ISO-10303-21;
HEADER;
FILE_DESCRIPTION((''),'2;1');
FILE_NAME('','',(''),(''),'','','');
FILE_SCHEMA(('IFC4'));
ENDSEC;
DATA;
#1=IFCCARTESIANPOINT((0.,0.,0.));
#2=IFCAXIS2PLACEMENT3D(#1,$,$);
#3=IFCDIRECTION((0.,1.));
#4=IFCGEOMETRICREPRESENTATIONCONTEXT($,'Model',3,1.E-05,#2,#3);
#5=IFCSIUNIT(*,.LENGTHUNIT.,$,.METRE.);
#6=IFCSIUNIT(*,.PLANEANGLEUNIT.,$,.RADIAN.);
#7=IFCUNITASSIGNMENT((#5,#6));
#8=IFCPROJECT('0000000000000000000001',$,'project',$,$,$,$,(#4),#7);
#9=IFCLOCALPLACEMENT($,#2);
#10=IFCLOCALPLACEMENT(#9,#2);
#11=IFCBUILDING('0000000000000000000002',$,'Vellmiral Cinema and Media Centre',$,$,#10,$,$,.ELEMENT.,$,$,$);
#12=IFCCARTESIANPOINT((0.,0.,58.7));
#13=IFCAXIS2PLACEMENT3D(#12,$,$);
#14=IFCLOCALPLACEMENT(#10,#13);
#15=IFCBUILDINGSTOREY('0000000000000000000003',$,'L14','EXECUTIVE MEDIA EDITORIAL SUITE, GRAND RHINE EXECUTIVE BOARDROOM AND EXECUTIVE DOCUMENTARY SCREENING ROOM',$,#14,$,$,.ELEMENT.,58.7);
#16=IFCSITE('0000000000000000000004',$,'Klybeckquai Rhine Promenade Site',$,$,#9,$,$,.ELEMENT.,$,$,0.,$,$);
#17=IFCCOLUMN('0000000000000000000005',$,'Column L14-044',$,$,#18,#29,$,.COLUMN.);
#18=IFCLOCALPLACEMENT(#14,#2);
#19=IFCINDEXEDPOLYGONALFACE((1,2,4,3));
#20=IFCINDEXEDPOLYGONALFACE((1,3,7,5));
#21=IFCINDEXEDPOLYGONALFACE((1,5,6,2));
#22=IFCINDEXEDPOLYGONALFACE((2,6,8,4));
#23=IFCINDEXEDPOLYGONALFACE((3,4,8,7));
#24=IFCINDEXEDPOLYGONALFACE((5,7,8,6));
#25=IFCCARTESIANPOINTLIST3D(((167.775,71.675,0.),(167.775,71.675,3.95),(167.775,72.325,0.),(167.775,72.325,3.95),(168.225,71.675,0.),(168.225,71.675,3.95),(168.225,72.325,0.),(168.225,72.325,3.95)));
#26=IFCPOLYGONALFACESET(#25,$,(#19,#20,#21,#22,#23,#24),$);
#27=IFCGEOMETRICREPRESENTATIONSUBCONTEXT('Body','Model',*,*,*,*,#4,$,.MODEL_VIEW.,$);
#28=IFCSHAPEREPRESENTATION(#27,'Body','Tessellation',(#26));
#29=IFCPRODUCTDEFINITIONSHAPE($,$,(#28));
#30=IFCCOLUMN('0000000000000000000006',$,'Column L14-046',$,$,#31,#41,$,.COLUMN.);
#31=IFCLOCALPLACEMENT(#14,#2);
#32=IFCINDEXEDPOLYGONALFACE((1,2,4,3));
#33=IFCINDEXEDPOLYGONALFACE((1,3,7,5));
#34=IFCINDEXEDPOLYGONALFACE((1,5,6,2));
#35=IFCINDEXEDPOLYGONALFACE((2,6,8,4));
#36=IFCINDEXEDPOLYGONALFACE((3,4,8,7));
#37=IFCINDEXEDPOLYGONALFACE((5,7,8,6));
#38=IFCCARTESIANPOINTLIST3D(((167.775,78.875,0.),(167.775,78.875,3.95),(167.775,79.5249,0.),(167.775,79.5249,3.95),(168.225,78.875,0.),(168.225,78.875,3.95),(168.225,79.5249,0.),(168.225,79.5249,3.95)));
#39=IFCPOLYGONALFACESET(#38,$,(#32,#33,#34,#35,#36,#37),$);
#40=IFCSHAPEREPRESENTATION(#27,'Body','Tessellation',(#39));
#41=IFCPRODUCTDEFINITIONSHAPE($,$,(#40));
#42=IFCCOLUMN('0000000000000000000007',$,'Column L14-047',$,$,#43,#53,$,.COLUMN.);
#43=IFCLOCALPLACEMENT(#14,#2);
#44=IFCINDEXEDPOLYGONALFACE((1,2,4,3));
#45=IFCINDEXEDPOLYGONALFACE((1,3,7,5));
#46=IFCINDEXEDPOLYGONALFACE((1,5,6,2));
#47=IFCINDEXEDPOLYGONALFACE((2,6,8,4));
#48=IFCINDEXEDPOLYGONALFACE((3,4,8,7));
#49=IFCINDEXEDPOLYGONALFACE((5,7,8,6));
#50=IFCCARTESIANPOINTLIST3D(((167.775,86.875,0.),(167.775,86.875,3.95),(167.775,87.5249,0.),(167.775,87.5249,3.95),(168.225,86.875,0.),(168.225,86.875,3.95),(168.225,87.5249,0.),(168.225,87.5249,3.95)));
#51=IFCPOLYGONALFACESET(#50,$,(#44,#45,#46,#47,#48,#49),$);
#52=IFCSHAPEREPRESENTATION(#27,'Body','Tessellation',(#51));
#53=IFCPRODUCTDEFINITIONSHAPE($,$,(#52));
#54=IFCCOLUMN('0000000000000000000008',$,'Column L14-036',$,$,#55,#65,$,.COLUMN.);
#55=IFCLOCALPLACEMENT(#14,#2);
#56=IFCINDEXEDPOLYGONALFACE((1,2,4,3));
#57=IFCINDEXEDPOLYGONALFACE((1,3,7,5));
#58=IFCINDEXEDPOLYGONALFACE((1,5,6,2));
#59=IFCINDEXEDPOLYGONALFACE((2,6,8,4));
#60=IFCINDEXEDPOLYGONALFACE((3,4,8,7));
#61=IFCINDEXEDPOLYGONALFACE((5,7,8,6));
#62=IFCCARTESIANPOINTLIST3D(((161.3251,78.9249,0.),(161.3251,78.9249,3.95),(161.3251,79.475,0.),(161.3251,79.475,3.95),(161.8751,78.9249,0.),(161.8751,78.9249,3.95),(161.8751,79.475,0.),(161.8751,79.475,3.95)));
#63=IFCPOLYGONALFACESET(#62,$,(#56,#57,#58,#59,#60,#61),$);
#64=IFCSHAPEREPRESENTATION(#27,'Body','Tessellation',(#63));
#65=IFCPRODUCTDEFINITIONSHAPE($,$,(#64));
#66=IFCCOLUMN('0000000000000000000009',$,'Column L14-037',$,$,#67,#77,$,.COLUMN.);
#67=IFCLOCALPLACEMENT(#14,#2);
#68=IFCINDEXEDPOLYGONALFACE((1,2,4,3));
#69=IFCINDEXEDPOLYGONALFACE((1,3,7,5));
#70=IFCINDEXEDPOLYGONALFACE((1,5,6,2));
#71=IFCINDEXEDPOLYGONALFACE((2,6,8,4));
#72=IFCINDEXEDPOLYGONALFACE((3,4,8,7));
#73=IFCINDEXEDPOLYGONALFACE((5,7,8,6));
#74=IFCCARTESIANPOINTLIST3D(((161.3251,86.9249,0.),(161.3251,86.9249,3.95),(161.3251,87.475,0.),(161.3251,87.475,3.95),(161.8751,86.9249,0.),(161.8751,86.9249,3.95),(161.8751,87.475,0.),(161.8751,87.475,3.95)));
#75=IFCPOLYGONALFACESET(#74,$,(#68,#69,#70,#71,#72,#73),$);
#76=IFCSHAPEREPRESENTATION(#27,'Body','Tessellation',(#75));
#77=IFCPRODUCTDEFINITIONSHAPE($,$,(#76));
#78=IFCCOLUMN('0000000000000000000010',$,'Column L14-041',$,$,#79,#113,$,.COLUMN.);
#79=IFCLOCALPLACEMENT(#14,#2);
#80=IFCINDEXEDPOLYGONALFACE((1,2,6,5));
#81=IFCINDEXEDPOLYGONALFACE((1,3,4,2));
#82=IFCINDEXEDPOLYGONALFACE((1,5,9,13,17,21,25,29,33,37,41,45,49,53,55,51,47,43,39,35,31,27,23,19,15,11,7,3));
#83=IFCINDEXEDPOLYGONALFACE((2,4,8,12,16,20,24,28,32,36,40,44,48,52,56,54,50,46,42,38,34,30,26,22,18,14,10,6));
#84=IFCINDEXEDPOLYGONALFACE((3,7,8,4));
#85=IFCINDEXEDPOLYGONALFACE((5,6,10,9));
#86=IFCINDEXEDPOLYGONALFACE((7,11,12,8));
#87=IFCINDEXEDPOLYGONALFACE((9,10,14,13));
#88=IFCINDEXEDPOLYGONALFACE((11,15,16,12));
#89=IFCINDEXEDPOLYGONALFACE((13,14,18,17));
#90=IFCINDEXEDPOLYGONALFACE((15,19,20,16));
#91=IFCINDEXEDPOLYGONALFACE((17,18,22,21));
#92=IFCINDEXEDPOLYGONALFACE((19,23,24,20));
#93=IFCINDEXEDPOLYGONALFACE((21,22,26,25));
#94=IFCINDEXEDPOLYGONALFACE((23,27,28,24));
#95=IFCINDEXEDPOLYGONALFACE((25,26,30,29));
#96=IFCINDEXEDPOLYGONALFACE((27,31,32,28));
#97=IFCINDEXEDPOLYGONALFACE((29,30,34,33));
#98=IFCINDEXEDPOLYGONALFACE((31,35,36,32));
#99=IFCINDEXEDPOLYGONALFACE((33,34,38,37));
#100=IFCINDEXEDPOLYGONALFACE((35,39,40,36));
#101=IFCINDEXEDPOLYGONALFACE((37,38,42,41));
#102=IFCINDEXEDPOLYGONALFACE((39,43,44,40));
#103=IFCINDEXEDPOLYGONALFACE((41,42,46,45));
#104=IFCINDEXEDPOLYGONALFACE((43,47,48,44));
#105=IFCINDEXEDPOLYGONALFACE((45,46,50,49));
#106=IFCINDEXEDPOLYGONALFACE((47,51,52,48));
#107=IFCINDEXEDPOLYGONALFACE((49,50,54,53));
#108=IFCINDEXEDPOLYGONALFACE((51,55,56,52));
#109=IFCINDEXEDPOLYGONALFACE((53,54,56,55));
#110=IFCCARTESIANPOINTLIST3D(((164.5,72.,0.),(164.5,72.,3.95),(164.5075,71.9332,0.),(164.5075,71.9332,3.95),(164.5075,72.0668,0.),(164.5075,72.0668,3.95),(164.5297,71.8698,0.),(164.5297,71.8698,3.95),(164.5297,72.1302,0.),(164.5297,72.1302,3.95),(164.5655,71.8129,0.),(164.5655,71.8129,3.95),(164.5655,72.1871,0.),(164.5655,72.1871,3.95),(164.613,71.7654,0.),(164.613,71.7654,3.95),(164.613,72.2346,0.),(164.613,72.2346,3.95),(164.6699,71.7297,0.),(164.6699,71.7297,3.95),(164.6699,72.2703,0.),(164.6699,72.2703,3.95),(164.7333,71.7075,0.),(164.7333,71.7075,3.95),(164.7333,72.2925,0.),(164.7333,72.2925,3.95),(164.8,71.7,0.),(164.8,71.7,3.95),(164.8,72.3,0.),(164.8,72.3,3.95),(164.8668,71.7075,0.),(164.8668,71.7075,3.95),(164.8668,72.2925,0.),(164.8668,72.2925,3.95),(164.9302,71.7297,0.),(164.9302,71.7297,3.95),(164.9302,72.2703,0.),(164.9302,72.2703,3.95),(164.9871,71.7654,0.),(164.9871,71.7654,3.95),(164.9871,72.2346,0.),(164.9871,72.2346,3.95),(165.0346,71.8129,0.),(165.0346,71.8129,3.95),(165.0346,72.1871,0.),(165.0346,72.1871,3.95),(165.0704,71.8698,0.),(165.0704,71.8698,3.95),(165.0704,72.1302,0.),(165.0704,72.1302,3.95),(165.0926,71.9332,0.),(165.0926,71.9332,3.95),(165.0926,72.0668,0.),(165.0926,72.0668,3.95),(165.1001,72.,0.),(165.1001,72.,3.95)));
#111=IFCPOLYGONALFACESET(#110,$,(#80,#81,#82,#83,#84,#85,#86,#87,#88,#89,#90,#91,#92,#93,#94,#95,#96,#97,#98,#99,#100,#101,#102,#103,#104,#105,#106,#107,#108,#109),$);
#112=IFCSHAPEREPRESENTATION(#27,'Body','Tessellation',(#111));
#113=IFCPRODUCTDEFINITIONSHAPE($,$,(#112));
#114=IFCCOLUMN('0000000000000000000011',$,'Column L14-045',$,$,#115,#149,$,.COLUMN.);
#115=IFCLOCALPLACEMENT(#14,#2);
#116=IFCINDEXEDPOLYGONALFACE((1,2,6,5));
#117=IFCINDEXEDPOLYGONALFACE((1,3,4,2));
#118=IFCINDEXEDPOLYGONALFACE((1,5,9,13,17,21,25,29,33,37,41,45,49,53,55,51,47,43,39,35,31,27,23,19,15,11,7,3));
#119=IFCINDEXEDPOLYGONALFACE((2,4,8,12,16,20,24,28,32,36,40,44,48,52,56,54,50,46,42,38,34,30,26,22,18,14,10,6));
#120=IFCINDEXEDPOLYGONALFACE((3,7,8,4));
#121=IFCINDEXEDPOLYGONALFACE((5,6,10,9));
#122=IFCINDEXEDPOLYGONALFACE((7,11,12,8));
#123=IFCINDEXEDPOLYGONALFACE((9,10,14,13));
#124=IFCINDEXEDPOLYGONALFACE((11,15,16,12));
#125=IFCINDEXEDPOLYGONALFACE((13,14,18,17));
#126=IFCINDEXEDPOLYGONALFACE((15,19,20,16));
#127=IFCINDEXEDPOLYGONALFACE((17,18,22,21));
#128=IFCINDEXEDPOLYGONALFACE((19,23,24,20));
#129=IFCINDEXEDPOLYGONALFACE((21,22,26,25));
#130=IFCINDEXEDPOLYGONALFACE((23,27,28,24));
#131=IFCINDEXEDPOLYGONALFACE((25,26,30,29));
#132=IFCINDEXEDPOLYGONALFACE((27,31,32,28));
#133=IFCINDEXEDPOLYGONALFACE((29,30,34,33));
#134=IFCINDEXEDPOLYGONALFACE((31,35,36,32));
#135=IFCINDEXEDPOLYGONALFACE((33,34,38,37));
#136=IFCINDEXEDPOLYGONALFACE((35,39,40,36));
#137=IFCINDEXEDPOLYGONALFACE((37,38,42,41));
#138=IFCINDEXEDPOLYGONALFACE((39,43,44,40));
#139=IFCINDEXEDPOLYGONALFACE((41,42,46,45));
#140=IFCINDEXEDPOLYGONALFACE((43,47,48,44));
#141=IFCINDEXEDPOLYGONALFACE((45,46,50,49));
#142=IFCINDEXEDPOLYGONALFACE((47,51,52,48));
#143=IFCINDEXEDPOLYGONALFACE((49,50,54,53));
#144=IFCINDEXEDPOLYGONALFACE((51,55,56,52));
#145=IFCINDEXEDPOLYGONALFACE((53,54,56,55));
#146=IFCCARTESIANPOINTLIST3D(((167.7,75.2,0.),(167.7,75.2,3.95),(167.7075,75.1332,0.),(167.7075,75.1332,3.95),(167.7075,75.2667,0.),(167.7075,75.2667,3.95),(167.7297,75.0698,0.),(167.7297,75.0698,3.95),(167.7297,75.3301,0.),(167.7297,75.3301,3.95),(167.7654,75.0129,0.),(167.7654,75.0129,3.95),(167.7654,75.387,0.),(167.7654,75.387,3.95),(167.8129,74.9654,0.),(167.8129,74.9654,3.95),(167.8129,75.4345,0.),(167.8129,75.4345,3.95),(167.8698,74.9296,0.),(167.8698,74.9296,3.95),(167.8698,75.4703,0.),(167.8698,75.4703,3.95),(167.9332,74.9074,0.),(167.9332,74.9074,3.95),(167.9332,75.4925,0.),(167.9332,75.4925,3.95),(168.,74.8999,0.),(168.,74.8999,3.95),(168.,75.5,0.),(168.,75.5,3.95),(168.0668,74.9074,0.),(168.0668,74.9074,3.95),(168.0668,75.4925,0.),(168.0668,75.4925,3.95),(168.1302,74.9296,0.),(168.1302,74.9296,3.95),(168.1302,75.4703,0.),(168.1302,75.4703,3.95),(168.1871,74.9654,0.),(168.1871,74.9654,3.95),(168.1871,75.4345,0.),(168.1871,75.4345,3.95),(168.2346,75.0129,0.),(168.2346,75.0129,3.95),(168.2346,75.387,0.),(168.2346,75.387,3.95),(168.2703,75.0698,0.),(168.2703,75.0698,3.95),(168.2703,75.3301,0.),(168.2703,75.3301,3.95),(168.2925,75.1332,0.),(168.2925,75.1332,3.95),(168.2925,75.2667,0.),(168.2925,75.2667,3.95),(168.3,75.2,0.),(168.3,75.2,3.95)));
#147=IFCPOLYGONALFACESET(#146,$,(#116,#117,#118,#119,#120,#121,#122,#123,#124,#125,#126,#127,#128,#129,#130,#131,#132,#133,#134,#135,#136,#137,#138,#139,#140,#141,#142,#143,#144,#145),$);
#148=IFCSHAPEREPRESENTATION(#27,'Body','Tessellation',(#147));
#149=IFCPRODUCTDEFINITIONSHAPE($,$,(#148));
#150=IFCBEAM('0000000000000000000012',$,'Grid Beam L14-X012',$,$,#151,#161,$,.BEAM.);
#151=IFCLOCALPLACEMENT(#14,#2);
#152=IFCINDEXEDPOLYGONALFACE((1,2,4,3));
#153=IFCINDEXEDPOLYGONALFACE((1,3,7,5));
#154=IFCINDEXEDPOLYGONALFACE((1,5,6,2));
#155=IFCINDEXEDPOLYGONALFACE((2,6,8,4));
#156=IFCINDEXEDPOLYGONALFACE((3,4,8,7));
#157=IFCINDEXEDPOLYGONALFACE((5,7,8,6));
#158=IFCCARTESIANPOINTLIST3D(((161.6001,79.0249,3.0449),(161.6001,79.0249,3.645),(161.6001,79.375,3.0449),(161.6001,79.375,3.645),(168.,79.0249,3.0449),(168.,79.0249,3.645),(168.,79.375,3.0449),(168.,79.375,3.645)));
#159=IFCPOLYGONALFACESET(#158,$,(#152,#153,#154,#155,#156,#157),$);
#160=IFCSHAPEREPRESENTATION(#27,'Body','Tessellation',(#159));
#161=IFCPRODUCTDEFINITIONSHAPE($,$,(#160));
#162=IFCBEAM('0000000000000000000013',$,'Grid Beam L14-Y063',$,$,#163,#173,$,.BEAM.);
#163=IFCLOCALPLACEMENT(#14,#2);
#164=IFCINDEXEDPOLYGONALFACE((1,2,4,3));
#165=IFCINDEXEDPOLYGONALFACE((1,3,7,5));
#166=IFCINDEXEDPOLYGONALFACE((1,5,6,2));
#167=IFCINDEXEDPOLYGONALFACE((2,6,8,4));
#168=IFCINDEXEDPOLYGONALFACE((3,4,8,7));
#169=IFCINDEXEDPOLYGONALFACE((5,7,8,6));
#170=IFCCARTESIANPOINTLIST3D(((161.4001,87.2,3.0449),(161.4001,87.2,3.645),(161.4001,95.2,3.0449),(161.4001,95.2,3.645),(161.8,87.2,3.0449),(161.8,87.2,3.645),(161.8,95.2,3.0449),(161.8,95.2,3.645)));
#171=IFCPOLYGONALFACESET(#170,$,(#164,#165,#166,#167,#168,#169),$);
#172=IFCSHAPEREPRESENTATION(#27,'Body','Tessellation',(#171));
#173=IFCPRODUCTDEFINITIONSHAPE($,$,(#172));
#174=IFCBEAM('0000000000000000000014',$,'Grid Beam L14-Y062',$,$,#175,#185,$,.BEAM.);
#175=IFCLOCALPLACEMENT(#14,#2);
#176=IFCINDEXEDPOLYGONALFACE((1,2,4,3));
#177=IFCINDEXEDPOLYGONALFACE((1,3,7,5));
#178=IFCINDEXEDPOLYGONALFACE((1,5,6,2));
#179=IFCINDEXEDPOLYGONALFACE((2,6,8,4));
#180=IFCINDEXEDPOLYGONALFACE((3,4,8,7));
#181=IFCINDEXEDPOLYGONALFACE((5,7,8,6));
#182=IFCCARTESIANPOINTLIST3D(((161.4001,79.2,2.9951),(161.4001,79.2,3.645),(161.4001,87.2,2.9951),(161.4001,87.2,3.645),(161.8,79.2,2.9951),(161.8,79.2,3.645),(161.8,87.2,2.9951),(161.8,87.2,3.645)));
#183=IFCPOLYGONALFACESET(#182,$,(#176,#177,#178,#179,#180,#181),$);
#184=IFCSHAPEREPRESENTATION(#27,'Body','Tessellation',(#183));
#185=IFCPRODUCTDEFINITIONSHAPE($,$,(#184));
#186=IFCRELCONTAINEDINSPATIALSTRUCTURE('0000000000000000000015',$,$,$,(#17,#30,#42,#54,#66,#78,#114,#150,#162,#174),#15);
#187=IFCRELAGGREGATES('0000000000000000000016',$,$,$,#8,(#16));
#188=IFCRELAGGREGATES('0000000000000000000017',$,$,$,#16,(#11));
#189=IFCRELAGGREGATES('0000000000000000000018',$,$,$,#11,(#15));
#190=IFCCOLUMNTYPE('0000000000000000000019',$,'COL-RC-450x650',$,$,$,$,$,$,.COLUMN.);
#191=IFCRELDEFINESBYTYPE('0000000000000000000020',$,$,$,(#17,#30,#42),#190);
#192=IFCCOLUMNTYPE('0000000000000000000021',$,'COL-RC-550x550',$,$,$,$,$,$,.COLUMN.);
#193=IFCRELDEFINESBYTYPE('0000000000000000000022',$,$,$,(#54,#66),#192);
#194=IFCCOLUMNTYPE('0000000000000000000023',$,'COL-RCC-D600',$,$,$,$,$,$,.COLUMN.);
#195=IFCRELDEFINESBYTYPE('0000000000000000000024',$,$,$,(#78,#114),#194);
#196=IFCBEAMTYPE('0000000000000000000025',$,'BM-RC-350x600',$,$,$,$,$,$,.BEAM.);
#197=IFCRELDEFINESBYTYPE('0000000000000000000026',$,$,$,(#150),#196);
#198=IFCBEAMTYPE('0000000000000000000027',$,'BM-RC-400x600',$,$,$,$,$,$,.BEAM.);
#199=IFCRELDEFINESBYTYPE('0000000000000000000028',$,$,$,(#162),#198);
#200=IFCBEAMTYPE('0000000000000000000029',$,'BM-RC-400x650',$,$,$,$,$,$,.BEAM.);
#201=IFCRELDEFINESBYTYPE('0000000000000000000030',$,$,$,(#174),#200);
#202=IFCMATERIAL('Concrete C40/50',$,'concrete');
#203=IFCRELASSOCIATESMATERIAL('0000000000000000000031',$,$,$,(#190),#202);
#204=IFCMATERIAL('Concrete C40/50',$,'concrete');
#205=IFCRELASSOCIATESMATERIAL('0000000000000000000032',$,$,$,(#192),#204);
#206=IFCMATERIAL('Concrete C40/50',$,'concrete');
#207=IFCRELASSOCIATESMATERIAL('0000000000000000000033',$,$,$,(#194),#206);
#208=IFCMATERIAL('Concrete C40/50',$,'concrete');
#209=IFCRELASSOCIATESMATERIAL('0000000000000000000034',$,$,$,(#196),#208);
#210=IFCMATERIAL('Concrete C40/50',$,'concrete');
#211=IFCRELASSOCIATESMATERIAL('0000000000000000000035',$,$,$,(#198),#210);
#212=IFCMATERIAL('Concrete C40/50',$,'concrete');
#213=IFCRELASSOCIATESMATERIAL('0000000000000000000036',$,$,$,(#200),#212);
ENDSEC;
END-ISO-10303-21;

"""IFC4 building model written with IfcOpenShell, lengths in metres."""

from ifc_helpers import new_model, si_unit, direction, frame, origin, origin_2d, place, context, subcontext, project, spatial, rectangle, circle, extrude, material, material_profile, profile_set, type_object, element, save


model = new_model("IFC4")

# Units and contexts
model_context = context("Model", 3, precision=1e-05, world=origin(), true_north=direction((0.0, 1.0)))
body_context = subcontext(model_context, "Body", "Model", "MODEL_VIEW")
ifc_project = project(units=[si_unit("LENGTHUNIT", "METRE"), si_unit("PLANEANGLEUNIT", "RADIAN")], contexts=[model_context])

# Site, building, storey
site_placement = place(None, origin())
site = spatial("IfcSite", under=ifc_project, at=site_placement, Name="Klybeckquai Rhine Promenade Site", CompositionType="ELEMENT", RefElevation=0.0)
building_placement = place(site_placement, origin())
building = spatial("IfcBuilding", under=site, at=building_placement, Name="Vellmiral Cinema and Media Centre", CompositionType="ELEMENT")
storey_placement = place(building_placement, frame((0.0, 0.0, 58.7)))
storey = spatial("IfcBuildingStorey", under=building, at=storey_placement, Name="L14", Description="EXECUTIVE MEDIA EDITORIAL SUITE, GRAND RHINE EXECUTIVE BOARDROOM AND EXECUTIVE DOCUMENTARY SCREENING ROOM", CompositionType="ELEMENT", Elevation=58.7)

# Columns
ifc_material_1 = material(Name="Concrete C40/50", Category="concrete")
ifc_material_profile_1 = material_profile(ifc_material_1, rectangle(XDim=0.45, YDim=0.6499, at=origin_2d()), Name="RC 450x650")
ifc_profile_set_1 = profile_set([ifc_material_profile_1], Name="Concrete C40/50")
column_type_1 = type_object("IfcColumnType", Name="COL-RC-450x650", PredefinedType="COLUMN", material=ifc_profile_set_1)
for number, where, z_axis, x_axis, name in (
    (1, (168.0, 72.0, 0.0), (0.0, 0.0, 1.0), (1.0, 0.0, 0.0), "Column L14-044"),
    (2, (168.0, 79.2, 0.0), (0.0, 0.0, 1.0), (1.0, 0.0, 0.0), "Column L14-046"),
    (3, (168.0, 87.2, 0.0), (0.0, 0.0, 1.0), (1.0, 0.0, 0.0), "Column L14-047"),
):
    element("IfcColumn", number, at=place(storey_placement, frame(where, z_axis=z_axis, x_axis=x_axis)), inside=storey, type_object=column_type_1, Name=name, PredefinedType="COLUMN", context=body_context, shape_type="SweptSolid", body=[
        extrude(rectangle(XDim=0.45, YDim=0.6499, at=origin_2d()), origin(), (0.0, 0.0, 1.0), 3.95),
    ])
ifc_material_2 = material(Name="Concrete C40/50", Category="concrete")
ifc_material_profile_2 = material_profile(ifc_material_2, rectangle(XDim=0.55, YDim=0.55, at=origin_2d()), Name="RC 550x550")
ifc_profile_set_2 = profile_set([ifc_material_profile_2], Name="Concrete C40/50")
column_type_2 = type_object("IfcColumnType", Name="COL-RC-550x550", PredefinedType="COLUMN", material=ifc_profile_set_2)
for number, where, z_axis, x_axis, name in (
    (4, (161.6001, 79.2, 0.0), (0.0, 0.0, 1.0), (1.0, 0.0, 0.0), "Column L14-036"),
    (5, (161.6001, 87.2, 0.0), (0.0, 0.0, 1.0), (1.0, 0.0, 0.0), "Column L14-037"),
):
    element("IfcColumn", number, at=place(storey_placement, frame(where, z_axis=z_axis, x_axis=x_axis)), inside=storey, type_object=column_type_2, Name=name, PredefinedType="COLUMN", context=body_context, shape_type="SweptSolid", body=[
        extrude(rectangle(XDim=0.55, YDim=0.55, at=origin_2d()), origin(), (0.0, 0.0, 1.0), 3.95),
    ])
ifc_material_3 = material(Name="Concrete C40/50", Category="concrete")
ifc_material_profile_3 = material_profile(ifc_material_3, circle(Radius=0.3, at=origin_2d()), Name="RC D600")
ifc_profile_set_3 = profile_set([ifc_material_profile_3], Name="Concrete C40/50")
column_type_3 = type_object("IfcColumnType", Name="COL-RCC-D600", PredefinedType="COLUMN", material=ifc_profile_set_3)
for number, where, z_axis, x_axis, name in (
    (6, (164.8, 72.0, 0.0), (0.0, 0.0, 1.0), (1.0, 0.0, 0.0), "Column L14-041"),
    (7, (168.0, 75.2, 0.0), (0.0, 0.0, 1.0), (1.0, 0.0, 0.0), "Column L14-045"),
):
    element("IfcColumn", number, at=place(storey_placement, frame(where, z_axis=z_axis, x_axis=x_axis)), inside=storey, type_object=column_type_3, Name=name, PredefinedType="COLUMN", context=body_context, shape_type="SweptSolid", body=[
        extrude(circle(Radius=0.3, at=origin_2d()), origin(), (0.0, 0.0, 1.0), 3.95),
    ])

# Beams
ifc_material_4 = material(Name="Concrete C40/50", Category="concrete")
ifc_material_profile_4 = material_profile(ifc_material_4, rectangle(XDim=0.3501, YDim=0.6001, at=origin_2d()), Name="RC 350x600")
ifc_profile_set_4 = profile_set([ifc_material_profile_4], Name="Concrete C40/50")
beam_type_1 = type_object("IfcBeamType", Name="BM-RC-350x600", PredefinedType="BEAM", material=ifc_profile_set_4)
beam_1_placement = place(storey_placement, frame((161.6001, 79.2, 3.345), z_axis=(1.0, 0.0, 0.0), x_axis=(0.0, 1.0, 0.0)))
element("IfcBeam", 8, at=beam_1_placement, inside=storey, type_object=beam_type_1, Name="Grid Beam L14-X012", PredefinedType="BEAM", context=body_context, shape_type="SweptSolid", body=[
    extrude(rectangle(XDim=0.3501, YDim=0.6001, at=origin_2d()), origin(), (0.0, 0.0, 1.0), 6.3999),
])
ifc_material_5 = material(Name="Concrete C40/50", Category="concrete")
ifc_material_profile_5 = material_profile(ifc_material_5, rectangle(XDim=0.3999, YDim=0.6001, at=origin_2d()), Name="RC 400x600")
ifc_profile_set_5 = profile_set([ifc_material_profile_5], Name="Concrete C40/50")
beam_type_2 = type_object("IfcBeamType", Name="BM-RC-400x600", PredefinedType="BEAM", material=ifc_profile_set_5)
beam_2_placement = place(storey_placement, frame((161.6001, 87.2, 3.345), z_axis=(0.0, 1.0, 0.0), x_axis=(-1.0, 0.0, 0.0)))
element("IfcBeam", 9, at=beam_2_placement, inside=storey, type_object=beam_type_2, Name="Grid Beam L14-Y063", PredefinedType="BEAM", context=body_context, shape_type="SweptSolid", body=[
    extrude(rectangle(XDim=0.3999, YDim=0.6001, at=origin_2d()), origin(), (0.0, 0.0, 1.0), 8.0),
])
ifc_material_6 = material(Name="Concrete C40/50", Category="concrete")
ifc_material_profile_6 = material_profile(ifc_material_6, rectangle(XDim=0.3999, YDim=0.6499, at=origin_2d()), Name="RC 400x650")
ifc_profile_set_6 = profile_set([ifc_material_profile_6], Name="Concrete C40/50")
beam_type_3 = type_object("IfcBeamType", Name="BM-RC-400x650", PredefinedType="BEAM", material=ifc_profile_set_6)
beam_3_placement = place(storey_placement, frame((161.6001, 79.2, 3.3201), z_axis=(0.0, 1.0, 0.0), x_axis=(-1.0, 0.0, 0.0)))
element("IfcBeam", 10, at=beam_3_placement, inside=storey, type_object=beam_type_3, Name="Grid Beam L14-Y062", PredefinedType="BEAM", context=body_context, shape_type="SweptSolid", body=[
    extrude(rectangle(XDim=0.3999, YDim=0.6499, at=origin_2d()), origin(), (0.0, 0.0, 1.0), 8.0),
])

save(model, "model.ifc")
